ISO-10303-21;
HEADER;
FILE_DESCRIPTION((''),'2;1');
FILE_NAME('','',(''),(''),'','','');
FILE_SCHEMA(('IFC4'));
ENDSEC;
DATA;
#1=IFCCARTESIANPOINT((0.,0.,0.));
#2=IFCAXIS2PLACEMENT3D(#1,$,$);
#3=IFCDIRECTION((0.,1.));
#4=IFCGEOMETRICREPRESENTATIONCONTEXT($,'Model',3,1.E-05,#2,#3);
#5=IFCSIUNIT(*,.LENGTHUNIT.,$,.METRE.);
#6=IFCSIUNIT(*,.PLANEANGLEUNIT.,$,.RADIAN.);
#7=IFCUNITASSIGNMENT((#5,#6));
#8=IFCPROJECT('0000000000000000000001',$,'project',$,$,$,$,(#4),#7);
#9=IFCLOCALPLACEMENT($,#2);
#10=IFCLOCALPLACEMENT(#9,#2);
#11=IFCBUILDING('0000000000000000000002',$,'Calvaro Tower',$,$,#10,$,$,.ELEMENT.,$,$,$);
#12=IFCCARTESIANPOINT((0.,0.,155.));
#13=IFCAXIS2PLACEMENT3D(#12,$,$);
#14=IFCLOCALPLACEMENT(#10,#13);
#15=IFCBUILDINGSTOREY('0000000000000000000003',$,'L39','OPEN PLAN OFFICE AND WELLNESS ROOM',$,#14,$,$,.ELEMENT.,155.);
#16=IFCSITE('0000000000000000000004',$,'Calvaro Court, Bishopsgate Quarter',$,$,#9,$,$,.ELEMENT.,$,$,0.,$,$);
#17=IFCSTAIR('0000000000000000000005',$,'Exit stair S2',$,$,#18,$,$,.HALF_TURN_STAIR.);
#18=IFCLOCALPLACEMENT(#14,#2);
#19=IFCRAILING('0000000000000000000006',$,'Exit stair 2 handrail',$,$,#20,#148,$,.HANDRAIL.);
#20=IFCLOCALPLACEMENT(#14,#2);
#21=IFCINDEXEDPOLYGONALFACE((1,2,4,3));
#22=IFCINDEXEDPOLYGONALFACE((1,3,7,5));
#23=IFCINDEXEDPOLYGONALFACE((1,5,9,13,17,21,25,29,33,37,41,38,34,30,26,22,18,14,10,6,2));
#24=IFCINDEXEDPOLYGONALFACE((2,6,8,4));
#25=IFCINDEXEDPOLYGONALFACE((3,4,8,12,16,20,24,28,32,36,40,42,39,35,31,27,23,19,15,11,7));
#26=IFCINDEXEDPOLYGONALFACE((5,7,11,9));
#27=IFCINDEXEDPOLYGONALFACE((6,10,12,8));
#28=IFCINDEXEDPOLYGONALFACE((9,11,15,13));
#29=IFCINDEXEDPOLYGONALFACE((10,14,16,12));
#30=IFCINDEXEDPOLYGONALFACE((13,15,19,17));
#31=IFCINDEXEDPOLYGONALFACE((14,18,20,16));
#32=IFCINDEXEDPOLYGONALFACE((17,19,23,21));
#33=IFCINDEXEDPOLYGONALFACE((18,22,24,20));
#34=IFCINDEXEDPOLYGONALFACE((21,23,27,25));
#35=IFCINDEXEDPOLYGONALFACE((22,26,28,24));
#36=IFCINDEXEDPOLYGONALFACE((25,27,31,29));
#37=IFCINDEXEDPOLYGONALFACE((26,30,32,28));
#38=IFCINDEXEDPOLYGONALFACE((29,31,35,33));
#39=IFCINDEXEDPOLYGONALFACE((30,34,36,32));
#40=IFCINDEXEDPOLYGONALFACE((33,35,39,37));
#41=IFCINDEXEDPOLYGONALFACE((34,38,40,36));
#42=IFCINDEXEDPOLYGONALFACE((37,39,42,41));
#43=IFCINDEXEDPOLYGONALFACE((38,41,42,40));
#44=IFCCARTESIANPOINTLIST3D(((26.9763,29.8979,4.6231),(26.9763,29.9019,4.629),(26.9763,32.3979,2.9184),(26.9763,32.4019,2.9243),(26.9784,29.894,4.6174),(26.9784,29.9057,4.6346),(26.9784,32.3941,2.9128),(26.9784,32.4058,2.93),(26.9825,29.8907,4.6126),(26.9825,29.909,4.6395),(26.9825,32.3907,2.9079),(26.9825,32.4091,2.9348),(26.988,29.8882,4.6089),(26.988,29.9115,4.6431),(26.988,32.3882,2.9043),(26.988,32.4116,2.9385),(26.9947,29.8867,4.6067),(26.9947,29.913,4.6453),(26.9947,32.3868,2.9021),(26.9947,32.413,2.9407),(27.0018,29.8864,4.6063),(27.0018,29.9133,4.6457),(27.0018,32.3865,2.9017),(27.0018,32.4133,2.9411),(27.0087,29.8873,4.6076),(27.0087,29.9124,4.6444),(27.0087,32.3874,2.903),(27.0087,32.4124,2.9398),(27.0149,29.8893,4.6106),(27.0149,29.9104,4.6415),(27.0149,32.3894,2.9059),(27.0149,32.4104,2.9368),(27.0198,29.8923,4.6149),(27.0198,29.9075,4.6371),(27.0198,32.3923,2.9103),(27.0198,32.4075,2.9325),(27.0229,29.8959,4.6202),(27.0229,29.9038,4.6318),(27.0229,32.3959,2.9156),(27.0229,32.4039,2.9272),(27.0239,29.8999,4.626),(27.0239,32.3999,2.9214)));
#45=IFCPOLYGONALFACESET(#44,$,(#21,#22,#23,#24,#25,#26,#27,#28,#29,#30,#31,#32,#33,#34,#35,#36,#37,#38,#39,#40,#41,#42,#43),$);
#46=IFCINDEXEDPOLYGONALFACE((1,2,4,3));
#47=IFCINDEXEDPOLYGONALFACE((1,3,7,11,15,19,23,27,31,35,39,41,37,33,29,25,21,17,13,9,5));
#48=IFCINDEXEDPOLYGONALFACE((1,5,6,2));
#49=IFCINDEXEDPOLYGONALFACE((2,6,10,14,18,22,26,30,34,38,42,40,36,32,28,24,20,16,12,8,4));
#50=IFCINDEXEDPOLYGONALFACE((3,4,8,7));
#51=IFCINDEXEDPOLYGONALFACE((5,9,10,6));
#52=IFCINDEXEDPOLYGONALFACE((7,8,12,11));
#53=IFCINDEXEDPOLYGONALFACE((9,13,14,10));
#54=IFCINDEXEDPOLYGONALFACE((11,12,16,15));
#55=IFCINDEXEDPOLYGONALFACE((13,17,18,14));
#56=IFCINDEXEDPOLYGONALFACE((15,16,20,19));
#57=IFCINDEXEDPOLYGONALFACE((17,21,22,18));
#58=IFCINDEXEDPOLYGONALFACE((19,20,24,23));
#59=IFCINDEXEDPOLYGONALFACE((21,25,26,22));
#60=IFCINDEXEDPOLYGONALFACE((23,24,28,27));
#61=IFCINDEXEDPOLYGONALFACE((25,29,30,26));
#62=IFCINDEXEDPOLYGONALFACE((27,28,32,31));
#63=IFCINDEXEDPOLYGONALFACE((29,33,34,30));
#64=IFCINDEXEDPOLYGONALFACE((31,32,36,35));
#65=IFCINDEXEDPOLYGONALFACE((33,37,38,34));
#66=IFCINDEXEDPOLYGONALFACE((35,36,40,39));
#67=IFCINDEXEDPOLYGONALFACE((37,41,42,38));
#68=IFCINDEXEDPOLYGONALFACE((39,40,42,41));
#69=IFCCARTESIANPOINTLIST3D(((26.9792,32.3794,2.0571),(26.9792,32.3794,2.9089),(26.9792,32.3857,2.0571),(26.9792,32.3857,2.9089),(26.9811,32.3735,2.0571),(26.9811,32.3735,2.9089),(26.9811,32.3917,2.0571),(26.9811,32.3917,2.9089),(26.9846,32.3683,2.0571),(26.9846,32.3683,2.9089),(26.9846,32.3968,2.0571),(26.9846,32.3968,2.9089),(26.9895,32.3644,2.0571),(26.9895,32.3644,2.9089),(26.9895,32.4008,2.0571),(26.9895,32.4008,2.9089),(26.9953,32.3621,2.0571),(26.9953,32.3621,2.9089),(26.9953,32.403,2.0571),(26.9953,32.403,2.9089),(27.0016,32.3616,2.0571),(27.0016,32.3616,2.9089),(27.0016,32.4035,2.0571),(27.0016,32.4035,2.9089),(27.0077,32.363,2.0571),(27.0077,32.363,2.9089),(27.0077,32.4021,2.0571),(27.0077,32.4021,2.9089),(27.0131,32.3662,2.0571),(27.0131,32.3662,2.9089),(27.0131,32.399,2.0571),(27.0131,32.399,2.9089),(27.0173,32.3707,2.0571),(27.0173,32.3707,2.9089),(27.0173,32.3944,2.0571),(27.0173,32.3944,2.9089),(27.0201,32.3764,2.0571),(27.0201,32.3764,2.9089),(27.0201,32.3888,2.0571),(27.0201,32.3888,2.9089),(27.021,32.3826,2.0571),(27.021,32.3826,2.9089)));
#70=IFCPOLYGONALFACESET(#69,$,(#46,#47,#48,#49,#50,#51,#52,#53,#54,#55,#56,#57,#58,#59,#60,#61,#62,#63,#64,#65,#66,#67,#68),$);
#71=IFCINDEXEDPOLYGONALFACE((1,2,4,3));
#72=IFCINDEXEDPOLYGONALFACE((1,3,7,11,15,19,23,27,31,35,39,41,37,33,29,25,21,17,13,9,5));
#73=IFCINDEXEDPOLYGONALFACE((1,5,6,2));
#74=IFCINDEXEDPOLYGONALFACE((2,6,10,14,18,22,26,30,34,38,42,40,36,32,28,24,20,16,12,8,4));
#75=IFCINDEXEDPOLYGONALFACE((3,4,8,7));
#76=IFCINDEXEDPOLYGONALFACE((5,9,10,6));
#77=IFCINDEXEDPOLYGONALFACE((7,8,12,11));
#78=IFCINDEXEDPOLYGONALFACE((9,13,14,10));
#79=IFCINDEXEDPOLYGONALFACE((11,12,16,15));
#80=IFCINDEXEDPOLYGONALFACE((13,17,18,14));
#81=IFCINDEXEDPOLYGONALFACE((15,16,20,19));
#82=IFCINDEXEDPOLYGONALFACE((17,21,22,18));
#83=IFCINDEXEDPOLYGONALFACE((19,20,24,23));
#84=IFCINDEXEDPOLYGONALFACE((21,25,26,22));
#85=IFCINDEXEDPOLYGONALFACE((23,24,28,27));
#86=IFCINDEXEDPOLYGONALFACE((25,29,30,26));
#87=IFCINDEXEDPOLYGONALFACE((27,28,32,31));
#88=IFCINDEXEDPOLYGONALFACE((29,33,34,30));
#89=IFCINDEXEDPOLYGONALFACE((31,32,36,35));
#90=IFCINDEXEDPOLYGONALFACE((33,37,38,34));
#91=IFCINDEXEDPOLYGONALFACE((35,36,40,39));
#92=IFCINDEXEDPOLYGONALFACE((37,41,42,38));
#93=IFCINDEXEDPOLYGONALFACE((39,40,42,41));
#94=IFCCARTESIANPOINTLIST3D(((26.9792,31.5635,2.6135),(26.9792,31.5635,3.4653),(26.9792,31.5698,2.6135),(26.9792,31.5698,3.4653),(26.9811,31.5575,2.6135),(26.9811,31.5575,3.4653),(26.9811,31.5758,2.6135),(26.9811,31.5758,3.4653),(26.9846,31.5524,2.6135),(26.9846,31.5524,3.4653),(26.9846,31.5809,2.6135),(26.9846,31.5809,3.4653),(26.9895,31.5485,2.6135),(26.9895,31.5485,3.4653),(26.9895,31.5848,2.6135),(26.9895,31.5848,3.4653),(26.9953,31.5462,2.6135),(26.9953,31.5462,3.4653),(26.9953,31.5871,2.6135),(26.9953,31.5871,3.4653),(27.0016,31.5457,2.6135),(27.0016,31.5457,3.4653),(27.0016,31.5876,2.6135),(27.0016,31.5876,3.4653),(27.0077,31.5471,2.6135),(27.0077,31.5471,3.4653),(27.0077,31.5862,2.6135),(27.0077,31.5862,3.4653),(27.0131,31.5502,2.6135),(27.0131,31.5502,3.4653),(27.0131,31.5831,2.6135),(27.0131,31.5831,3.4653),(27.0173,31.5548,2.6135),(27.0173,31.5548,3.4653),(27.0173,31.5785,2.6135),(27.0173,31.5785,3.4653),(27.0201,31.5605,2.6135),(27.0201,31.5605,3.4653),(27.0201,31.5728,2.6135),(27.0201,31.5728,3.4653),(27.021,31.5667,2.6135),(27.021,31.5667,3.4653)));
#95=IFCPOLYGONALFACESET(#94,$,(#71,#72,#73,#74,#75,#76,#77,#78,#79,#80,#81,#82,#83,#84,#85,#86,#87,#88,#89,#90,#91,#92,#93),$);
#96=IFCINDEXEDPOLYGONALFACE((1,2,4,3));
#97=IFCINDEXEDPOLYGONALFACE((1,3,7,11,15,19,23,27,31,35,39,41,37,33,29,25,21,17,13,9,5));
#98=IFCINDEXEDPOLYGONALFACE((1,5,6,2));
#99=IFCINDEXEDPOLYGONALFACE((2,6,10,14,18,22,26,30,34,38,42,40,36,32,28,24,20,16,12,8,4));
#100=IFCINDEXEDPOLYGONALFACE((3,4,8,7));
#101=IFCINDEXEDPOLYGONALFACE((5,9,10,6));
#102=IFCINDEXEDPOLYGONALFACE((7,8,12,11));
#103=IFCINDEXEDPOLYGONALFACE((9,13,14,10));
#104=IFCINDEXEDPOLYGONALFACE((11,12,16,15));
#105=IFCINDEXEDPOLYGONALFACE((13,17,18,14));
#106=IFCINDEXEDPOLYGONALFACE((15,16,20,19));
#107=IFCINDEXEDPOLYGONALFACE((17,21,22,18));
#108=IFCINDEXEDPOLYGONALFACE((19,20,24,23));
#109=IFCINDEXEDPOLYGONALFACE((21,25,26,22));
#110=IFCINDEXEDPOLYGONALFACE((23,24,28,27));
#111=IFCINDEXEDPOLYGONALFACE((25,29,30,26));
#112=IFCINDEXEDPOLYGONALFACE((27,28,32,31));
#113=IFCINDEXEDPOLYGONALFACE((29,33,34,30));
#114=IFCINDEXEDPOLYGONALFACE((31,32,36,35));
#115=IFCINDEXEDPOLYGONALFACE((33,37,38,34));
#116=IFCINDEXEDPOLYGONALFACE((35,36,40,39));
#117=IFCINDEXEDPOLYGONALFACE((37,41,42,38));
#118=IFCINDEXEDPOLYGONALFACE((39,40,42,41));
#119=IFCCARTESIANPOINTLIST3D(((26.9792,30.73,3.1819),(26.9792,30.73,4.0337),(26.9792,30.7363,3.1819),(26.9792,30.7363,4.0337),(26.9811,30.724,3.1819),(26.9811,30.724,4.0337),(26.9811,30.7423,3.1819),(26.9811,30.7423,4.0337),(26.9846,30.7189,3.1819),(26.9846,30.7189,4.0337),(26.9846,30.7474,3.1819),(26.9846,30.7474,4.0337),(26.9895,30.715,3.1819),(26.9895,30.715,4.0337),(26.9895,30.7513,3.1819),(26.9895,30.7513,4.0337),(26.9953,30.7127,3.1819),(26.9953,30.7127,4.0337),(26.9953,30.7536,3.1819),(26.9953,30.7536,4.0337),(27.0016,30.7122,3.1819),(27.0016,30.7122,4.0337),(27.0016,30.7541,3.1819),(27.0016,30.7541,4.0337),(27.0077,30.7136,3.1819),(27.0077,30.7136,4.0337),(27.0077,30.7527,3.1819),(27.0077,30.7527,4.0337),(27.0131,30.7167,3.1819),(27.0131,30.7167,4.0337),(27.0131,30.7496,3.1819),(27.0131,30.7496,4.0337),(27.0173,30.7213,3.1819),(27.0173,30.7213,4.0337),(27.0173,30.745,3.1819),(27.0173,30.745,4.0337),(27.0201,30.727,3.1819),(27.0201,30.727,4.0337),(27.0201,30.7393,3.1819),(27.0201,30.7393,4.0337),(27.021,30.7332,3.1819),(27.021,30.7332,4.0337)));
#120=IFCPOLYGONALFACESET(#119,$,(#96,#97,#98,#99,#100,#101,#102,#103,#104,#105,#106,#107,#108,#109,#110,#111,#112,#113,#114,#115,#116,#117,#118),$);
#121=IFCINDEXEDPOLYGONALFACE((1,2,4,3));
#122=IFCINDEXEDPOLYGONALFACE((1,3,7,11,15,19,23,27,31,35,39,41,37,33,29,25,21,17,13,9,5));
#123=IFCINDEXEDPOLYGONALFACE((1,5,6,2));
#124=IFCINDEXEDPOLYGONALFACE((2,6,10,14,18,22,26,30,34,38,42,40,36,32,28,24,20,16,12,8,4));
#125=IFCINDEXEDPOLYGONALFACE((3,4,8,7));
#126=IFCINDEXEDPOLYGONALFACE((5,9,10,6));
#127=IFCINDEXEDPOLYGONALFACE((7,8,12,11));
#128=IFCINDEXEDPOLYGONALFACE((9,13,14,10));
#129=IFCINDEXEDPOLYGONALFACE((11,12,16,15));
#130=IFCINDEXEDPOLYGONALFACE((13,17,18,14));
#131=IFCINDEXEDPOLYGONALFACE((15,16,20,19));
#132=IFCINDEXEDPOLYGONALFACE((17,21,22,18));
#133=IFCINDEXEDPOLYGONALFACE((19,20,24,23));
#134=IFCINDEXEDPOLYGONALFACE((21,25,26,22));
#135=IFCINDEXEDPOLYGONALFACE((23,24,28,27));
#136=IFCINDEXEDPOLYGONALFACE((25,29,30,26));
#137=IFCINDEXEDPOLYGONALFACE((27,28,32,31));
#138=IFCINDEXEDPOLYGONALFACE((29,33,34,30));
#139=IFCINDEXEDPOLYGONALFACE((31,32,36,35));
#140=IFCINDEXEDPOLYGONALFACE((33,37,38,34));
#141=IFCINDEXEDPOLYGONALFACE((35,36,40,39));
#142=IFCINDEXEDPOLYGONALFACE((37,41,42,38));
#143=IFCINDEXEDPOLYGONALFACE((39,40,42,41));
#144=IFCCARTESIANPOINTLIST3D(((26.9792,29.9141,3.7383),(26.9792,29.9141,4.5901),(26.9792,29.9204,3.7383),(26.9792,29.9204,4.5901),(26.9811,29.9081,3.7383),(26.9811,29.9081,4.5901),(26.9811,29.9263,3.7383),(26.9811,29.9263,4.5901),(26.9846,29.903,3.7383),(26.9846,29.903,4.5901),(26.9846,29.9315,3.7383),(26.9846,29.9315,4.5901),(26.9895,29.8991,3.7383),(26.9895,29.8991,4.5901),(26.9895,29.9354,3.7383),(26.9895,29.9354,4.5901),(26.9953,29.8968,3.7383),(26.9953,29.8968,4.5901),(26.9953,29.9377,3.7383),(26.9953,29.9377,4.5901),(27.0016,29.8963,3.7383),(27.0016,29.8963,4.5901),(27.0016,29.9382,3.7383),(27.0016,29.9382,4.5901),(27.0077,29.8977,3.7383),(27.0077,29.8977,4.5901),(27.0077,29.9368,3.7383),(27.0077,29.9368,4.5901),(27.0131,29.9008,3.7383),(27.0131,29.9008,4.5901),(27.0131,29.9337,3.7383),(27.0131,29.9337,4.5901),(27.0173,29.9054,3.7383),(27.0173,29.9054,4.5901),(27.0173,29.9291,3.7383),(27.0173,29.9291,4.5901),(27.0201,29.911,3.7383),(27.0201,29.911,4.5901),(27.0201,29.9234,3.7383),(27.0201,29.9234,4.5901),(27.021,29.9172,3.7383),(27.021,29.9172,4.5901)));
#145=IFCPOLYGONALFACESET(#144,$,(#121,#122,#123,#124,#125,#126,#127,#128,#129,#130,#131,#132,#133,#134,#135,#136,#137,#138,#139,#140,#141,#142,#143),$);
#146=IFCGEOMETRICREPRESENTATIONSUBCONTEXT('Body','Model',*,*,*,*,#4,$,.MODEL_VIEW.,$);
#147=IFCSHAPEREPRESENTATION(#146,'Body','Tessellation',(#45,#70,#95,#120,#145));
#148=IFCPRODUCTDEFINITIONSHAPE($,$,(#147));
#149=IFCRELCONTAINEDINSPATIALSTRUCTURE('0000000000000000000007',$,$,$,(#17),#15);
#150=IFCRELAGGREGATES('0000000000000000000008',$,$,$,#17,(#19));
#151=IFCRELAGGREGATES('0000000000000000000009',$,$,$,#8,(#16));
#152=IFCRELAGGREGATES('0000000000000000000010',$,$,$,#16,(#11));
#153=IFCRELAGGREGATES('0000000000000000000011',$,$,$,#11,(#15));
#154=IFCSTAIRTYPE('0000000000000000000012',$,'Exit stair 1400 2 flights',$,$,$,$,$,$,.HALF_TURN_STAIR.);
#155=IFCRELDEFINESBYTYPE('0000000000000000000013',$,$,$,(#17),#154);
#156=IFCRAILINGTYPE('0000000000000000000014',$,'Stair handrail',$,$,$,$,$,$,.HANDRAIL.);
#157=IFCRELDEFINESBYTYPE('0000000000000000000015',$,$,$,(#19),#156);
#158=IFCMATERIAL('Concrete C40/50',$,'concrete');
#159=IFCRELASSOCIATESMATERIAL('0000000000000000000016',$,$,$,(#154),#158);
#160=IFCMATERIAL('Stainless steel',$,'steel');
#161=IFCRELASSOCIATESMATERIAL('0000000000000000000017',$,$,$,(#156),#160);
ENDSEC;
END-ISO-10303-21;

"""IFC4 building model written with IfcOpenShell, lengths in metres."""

from ifc_helpers import new_model, si_unit, direction, frame, origin, origin_2d, place, context, subcontext, project, spatial, circle, extrude, material, type_object, element, aggregate, save


model = new_model("IFC4")

# Units and contexts
model_context = context("Model", 3, precision=1e-05, world=origin(), true_north=direction((0.0, 1.0)))
body_context = subcontext(model_context, "Body", "Model", "MODEL_VIEW")
ifc_project = project(units=[si_unit("LENGTHUNIT", "METRE"), si_unit("PLANEANGLEUNIT", "RADIAN")], contexts=[model_context])

# Site, building, storey
site_placement = place(None, origin())
site = spatial("IfcSite", under=ifc_project, at=site_placement, Name="Calvaro Court, Bishopsgate Quarter", CompositionType="ELEMENT", RefElevation=0.0)
building_placement = place(site_placement, origin())
building = spatial("IfcBuilding", under=site, at=building_placement, Name="Calvaro Tower", CompositionType="ELEMENT")
storey_placement = place(building_placement, frame((0.0, 0.0, 155.0)))
storey = spatial("IfcBuildingStorey", under=building, at=storey_placement, Name="L39", Description="OPEN PLAN OFFICE AND WELLNESS ROOM", CompositionType="ELEMENT", Elevation=155.0)

# Stair, railing
ifc_material_1 = material(Name="Concrete C40/50", Category="concrete")
stair_type = type_object("IfcStairType", Name="Exit stair 1400 2 flights", PredefinedType="HALF_TURN_STAIR", material=ifc_material_1)
stair_placement = place(storey_placement, origin())
stair = element("IfcStair", 1, at=stair_placement, inside=storey, type_object=stair_type, Name="Exit stair S2", PredefinedType="HALF_TURN_STAIR")
ifc_material_2 = material(Name="Stainless steel", Category="steel")
railing_type = type_object("IfcRailingType", Name="Stair handrail", PredefinedType="HANDRAIL", material=ifc_material_2)
railing_1_placement = place(storey_placement, frame((27.0, 32.3999, 2.0454)))
railing_1 = element("IfcRailing", 2, at=railing_1_placement, type_object=railing_type, Name="Exit stair 2 handrail", PredefinedType="HANDRAIL", context=body_context, shape_type="SweptSolid", body=[
    extrude(circle(Radius=0.0239, at=origin_2d()), frame((0.0, 0.0, 0.876), z_axis=(0.0, -0.826221, 0.563347), x_axis=(1.0, 0.0, 0.0)), (0.0, 0.0, 1.0), 3.0259),
    extrude(circle(Radius=0.021, at=origin_2d()), frame((0.0, -0.0173, 0.0117)), (0.0, 0.0, 1.0), 0.8518),
    extrude(circle(Radius=0.021, at=origin_2d()), frame((0.0, -0.8333, 0.5681)), (0.0, 0.0, 1.0), 0.8518),
    extrude(circle(Radius=0.021, at=origin_2d()), frame((0.0, -1.6667, 1.1365)), (0.0, 0.0, 1.0), 0.8518),
    extrude(circle(Radius=0.021, at=origin_2d()), frame((0.0, -2.4827, 1.6929)), (0.0, 0.0, 1.0), 0.8518),
])
aggregate(stair, [railing_1])

save(model, "model.ifc")
